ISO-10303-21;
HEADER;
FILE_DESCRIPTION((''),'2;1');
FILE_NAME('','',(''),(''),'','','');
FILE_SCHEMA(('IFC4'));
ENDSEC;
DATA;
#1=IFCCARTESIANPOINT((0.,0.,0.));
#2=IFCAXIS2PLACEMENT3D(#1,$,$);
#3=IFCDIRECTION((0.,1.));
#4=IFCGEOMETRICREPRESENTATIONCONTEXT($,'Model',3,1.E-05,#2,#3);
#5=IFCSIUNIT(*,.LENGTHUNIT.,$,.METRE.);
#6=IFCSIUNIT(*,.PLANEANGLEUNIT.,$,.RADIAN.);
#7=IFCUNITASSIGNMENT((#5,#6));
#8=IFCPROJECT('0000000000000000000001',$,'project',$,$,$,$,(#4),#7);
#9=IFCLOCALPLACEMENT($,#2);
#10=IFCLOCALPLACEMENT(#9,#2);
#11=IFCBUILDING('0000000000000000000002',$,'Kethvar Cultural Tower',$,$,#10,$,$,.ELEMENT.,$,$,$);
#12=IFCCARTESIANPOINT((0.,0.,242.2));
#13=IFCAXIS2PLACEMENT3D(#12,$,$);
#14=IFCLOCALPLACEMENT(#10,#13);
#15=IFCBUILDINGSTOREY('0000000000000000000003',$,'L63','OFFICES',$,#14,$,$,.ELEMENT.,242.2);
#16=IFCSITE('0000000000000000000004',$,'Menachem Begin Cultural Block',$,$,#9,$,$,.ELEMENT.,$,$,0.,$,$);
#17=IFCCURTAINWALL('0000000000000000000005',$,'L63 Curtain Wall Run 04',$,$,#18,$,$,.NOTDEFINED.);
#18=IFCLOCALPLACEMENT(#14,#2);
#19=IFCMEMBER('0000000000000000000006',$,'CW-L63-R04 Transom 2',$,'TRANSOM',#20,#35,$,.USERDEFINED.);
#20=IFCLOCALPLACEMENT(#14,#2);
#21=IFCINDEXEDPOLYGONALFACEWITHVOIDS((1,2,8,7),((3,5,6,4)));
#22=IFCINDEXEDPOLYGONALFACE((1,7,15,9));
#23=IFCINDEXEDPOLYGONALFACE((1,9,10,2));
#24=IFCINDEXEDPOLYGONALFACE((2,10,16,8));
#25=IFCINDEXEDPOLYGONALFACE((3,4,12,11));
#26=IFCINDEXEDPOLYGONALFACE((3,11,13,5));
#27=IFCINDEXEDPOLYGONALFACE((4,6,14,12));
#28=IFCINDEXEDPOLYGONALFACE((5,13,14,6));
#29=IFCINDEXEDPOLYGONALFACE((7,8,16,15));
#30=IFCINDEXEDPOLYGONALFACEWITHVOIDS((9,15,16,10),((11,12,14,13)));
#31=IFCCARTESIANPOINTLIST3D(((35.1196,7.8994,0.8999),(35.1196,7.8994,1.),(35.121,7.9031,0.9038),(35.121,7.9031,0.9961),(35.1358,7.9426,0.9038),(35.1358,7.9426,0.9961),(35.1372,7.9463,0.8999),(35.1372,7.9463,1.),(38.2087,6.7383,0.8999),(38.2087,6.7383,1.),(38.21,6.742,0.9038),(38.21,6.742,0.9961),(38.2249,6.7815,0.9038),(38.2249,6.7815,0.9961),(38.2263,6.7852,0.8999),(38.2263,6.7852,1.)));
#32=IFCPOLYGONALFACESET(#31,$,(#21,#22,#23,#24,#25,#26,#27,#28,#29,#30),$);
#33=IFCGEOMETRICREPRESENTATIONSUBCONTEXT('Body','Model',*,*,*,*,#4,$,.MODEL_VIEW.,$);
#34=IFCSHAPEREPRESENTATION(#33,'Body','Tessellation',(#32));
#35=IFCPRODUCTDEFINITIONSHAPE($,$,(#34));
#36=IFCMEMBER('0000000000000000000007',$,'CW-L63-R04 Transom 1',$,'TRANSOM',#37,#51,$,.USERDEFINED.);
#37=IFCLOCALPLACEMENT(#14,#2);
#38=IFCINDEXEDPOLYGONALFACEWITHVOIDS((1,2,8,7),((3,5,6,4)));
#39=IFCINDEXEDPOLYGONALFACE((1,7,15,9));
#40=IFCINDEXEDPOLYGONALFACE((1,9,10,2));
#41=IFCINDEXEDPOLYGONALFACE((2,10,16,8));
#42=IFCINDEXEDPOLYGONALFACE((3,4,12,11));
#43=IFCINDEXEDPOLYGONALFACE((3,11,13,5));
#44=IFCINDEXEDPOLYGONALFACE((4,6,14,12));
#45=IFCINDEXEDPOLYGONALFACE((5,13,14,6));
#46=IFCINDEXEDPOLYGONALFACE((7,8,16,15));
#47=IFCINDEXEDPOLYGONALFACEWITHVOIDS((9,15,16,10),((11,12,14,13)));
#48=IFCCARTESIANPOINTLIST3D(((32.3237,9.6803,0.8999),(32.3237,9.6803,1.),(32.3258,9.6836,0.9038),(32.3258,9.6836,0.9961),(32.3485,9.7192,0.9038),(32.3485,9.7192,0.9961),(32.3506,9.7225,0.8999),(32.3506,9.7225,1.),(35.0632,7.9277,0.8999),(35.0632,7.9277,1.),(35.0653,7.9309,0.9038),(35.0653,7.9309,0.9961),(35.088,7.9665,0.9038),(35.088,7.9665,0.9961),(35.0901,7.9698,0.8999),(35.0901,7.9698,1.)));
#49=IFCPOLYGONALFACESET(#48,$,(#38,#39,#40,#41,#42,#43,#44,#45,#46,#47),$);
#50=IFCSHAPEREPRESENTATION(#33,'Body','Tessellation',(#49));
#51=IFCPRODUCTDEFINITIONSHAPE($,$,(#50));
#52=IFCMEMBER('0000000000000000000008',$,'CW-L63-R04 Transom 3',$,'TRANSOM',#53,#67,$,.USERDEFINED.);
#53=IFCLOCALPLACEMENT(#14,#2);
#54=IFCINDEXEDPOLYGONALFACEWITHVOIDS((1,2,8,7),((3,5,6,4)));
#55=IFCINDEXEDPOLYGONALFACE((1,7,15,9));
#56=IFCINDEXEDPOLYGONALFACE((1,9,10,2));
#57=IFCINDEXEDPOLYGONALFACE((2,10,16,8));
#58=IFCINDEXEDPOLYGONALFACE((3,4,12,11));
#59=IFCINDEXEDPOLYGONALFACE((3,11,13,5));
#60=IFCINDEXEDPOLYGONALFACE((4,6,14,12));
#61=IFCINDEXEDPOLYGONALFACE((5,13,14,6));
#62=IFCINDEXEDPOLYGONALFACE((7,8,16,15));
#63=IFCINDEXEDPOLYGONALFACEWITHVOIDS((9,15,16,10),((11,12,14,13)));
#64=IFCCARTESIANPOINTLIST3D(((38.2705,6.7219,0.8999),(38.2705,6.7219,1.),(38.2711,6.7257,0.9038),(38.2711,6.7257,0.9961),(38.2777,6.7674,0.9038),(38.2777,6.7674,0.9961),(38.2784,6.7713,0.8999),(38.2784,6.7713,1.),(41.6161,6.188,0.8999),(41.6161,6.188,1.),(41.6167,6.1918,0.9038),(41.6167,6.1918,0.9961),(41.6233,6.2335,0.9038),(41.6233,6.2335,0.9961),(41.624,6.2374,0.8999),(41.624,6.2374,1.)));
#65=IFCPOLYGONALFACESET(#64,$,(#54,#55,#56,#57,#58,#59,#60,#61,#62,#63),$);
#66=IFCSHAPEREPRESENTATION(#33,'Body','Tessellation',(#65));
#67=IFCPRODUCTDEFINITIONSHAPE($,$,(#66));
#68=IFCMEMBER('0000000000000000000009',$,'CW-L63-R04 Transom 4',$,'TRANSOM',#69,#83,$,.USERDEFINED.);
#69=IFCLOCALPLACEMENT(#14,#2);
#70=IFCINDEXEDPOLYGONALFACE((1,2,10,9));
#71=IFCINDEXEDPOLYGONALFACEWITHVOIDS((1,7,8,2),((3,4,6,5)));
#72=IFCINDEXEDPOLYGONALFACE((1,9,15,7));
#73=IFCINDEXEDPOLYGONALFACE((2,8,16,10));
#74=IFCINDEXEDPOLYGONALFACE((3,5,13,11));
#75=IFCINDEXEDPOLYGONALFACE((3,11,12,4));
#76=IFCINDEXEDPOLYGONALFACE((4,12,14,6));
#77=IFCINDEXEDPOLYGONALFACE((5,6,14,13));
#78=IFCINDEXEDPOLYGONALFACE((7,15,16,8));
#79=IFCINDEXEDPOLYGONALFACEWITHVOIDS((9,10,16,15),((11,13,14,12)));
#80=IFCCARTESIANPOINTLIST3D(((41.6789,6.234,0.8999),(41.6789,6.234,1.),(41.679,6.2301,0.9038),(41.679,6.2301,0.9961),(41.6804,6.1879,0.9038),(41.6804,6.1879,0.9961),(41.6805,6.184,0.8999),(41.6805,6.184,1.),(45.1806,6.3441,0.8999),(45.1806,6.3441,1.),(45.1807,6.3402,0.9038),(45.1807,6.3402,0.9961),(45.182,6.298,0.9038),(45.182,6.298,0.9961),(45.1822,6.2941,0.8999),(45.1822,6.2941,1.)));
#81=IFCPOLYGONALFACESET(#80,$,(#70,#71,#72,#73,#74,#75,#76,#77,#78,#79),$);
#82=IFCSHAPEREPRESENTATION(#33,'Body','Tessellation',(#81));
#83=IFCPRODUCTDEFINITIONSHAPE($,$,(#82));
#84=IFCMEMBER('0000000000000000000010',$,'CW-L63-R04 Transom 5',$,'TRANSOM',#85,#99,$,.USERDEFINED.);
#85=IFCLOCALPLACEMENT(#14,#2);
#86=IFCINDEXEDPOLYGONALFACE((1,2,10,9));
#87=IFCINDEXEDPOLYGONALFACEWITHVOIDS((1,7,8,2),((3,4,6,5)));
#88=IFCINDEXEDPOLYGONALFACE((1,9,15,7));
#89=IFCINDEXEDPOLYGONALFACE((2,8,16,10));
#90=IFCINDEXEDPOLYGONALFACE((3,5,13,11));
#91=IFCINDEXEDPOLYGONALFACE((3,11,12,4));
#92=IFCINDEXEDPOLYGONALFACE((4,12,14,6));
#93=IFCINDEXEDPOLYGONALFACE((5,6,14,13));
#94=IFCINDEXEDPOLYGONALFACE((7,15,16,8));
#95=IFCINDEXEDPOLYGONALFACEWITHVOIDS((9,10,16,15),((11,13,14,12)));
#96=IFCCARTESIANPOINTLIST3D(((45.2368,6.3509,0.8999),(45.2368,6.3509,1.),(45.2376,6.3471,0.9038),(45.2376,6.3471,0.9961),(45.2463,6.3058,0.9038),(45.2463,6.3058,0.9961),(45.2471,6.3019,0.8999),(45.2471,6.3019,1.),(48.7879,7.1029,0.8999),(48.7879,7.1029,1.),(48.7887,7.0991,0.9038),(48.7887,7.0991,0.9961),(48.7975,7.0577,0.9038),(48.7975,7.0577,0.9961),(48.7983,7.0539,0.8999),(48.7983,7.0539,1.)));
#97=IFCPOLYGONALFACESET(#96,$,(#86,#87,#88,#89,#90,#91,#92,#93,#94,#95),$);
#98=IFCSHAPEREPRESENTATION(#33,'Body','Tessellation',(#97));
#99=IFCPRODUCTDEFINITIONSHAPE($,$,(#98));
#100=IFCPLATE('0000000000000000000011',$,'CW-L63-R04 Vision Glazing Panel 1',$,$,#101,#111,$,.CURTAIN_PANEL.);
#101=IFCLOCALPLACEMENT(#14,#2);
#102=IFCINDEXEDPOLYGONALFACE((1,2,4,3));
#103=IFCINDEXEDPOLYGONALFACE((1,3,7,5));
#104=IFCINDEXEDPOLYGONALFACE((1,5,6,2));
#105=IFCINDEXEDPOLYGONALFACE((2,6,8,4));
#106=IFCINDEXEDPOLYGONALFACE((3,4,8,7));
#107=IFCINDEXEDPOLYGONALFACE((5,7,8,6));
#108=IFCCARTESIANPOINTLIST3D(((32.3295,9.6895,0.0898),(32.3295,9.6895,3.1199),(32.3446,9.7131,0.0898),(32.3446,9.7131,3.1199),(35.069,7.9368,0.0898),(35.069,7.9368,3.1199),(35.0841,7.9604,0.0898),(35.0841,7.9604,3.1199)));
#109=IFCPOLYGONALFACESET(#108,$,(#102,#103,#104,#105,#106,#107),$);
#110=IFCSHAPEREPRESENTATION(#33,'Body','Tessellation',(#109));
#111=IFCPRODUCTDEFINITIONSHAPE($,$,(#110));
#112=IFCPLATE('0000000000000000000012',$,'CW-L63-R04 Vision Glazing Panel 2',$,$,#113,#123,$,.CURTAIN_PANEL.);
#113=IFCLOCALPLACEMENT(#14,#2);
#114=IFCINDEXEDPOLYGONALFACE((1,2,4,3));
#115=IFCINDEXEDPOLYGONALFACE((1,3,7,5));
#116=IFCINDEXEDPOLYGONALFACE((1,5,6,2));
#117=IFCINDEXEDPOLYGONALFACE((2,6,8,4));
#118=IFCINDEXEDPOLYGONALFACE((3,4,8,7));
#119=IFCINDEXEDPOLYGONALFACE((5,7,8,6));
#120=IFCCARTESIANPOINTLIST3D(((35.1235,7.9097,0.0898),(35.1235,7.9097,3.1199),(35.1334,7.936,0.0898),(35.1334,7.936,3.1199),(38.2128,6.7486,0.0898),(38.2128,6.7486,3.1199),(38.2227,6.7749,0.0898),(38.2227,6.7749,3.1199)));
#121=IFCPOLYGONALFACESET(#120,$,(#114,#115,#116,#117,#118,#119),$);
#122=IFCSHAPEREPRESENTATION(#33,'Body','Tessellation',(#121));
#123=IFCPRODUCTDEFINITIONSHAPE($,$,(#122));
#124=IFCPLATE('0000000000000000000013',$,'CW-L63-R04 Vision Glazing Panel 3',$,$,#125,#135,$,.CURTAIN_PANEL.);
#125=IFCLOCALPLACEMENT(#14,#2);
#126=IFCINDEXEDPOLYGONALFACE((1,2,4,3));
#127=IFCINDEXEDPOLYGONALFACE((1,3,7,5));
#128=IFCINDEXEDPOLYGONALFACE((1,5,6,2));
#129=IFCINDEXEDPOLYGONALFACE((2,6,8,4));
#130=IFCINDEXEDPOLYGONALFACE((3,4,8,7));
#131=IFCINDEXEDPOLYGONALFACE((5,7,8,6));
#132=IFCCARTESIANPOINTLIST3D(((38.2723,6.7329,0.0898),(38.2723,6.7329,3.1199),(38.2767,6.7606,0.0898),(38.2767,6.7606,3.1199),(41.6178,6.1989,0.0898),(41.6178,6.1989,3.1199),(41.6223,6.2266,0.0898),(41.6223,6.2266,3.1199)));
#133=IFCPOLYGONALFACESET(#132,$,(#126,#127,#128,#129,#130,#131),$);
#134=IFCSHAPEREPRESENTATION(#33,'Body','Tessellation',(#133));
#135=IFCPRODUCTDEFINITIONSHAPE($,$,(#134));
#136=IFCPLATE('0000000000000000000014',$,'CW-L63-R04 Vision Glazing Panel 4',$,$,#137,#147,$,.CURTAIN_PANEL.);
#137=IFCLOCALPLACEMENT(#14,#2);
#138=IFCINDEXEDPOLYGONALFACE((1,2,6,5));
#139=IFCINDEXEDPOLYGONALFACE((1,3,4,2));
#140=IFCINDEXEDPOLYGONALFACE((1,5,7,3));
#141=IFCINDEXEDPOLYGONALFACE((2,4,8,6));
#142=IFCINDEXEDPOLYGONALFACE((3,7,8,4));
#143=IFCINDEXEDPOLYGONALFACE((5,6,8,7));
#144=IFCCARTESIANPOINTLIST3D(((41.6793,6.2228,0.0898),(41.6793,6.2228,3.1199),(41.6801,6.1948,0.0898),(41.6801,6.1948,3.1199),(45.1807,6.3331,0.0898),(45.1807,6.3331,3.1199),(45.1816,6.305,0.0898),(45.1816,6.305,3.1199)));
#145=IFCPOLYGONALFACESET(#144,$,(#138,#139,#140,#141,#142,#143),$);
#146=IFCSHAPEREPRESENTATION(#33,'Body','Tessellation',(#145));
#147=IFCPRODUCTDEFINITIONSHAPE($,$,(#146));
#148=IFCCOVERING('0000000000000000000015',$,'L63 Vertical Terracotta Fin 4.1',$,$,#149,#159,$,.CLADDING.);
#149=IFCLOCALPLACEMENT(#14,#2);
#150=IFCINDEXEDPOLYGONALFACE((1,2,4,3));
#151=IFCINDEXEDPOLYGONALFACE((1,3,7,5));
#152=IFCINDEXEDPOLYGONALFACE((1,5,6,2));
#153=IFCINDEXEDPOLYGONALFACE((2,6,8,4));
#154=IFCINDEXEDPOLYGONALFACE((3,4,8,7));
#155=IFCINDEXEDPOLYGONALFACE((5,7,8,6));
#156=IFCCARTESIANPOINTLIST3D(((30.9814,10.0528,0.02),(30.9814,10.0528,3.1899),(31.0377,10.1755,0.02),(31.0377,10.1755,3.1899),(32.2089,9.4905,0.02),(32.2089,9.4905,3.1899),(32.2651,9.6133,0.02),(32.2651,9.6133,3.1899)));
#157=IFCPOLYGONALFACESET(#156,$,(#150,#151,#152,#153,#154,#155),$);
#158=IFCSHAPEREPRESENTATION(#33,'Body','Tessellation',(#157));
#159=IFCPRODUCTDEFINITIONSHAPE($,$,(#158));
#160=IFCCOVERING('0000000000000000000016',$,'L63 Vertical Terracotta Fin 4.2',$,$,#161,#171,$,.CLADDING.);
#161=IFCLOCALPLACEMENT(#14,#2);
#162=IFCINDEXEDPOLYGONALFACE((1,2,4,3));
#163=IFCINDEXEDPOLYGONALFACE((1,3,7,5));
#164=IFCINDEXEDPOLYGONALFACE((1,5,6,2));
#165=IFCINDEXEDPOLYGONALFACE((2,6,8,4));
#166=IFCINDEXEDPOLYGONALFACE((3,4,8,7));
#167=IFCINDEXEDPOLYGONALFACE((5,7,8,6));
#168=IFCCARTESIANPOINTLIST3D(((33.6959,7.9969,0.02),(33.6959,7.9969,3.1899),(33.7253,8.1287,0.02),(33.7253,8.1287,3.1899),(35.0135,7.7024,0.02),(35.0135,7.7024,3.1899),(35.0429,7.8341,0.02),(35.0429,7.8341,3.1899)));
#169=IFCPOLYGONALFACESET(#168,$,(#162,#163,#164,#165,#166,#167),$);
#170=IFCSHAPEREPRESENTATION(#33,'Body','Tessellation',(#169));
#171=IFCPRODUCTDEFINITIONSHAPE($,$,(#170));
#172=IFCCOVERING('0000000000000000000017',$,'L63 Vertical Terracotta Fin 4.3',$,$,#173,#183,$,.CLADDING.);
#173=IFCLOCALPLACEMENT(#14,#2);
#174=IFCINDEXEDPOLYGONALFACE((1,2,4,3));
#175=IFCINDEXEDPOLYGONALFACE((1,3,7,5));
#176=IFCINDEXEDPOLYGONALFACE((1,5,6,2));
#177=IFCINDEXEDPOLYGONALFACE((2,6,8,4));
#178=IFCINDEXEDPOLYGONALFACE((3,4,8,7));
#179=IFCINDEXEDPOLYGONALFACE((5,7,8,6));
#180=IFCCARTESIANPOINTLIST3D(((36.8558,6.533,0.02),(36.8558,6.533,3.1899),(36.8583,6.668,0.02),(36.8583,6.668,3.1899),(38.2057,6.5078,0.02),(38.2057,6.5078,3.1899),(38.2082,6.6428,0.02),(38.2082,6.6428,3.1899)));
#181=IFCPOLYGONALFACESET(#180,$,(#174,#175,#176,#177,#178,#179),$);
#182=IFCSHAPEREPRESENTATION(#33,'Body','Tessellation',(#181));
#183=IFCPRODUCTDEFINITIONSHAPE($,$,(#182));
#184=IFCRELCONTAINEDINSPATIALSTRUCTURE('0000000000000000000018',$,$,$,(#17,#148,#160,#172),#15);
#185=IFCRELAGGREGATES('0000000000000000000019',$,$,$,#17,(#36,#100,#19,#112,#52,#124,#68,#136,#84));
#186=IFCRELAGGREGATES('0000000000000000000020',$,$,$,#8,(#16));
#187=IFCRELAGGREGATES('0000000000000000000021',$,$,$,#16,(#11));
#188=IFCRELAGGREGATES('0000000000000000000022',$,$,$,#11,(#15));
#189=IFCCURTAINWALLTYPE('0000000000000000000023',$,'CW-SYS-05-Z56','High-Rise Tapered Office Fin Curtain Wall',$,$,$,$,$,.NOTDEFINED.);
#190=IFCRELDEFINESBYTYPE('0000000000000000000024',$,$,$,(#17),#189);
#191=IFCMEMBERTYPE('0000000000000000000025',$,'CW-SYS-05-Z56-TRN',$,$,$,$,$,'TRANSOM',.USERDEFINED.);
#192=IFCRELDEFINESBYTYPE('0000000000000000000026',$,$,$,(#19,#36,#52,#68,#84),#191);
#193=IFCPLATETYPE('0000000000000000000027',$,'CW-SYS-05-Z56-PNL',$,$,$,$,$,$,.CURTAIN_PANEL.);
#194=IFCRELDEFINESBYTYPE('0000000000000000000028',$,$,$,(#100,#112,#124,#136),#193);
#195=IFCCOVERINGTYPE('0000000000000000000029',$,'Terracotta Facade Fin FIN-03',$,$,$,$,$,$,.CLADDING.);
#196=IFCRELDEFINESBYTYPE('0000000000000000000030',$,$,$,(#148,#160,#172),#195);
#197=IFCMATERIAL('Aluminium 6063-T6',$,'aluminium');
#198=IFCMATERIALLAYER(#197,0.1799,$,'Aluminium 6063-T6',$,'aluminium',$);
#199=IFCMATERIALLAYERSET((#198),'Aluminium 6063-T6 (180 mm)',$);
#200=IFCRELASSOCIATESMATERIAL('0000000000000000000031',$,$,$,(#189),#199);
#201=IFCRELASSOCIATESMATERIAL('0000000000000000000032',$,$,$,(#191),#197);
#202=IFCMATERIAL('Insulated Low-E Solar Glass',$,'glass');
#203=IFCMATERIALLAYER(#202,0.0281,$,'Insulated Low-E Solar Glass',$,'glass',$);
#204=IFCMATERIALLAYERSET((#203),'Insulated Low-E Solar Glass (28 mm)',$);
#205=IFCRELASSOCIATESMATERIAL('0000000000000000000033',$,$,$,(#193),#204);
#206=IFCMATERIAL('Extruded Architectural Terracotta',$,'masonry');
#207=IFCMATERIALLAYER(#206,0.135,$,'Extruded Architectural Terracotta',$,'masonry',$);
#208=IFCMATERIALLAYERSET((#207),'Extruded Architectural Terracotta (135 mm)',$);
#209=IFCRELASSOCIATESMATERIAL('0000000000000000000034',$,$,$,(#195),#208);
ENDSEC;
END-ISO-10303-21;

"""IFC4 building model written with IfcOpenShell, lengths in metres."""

from ifc_helpers import new_model, si_unit, direction, frame, origin, origin_2d, place, context, subcontext, project, spatial, rectangle, hollow_rectangle, extrude, source, transform, mapped, material, layer, layer_set, material_profile, profile_set, type_object, element, aggregate, save


model = new_model("IFC4")

# Units and contexts
model_context = context("Model", 3, precision=1e-05, world=origin(), true_north=direction((0.0, 1.0)))
body_context = subcontext(model_context, "Body", "Model", "MODEL_VIEW")
ifc_project = project(units=[si_unit("LENGTHUNIT", "METRE"), si_unit("PLANEANGLEUNIT", "RADIAN")], contexts=[model_context])

# Site, building, storey
site_placement = place(None, origin())
site = spatial("IfcSite", under=ifc_project, at=site_placement, Name="Menachem Begin Cultural Block", CompositionType="ELEMENT", RefElevation=0.0)
building_placement = place(site_placement, origin())
building = spatial("IfcBuilding", under=site, at=building_placement, Name="Kethvar Cultural Tower", CompositionType="ELEMENT")
storey_placement = place(building_placement, frame((0.0, 0.0, 242.2)))
storey = spatial("IfcBuildingStorey", under=building, at=storey_placement, Name="L63", Description="OFFICES", CompositionType="ELEMENT", Elevation=242.2)

# Shared definitions
ifc_material_1 = material(Name="Aluminium 6063-T6", Category="aluminium")
ifc_layer_1 = layer(ifc_material_1, 0.1799, Name="Aluminium 6063-T6", Category="aluminium")
ifc_layer_set_1 = layer_set([ifc_layer_1], Name="Aluminium 6063-T6 (180 mm)")
curtain_wall_type = type_object("IfcCurtainWallType", Name="CW-SYS-05-Z56", Description="High-Rise Tapered Office Fin Curtain Wall", PredefinedType="NOTDEFINED", material=ifc_layer_set_1)

# Curtain wall, members, plates
curtain_wall_1_placement = place(storey_placement, origin())
curtain_wall_1 = element("IfcCurtainWall", 1, at=curtain_wall_1_placement, inside=storey, type_object=curtain_wall_type, Name="L63 Curtain Wall Run 04", PredefinedType="NOTDEFINED")
ifc_material_profile_1 = material_profile(ifc_material_1, hollow_rectangle(XDim=0.05, YDim=0.1001, WallThickness=0.0039, at=origin_2d()), Name="Aluminium 6063-T6 — RHS100x50x4")
ifc_profile_set_1 = profile_set([ifc_material_profile_1], Name="Aluminium 6063-T6 — RHS100x50x4")
member_type_1 = type_object("IfcMemberType", Name="CW-SYS-05-Z56-TRN", ElementType="TRANSOM", PredefinedType="USERDEFINED", material=ifc_profile_set_1)
shared_shape_1 = source(origin(), body_context, "Body", "SweptSolid", [
    extrude(hollow_rectangle(XDim=0.05, YDim=0.1001, WallThickness=0.0039, at=origin_2d()), origin(), (0.0, 0.0, 1.0), 3.3),
])
member_1_placement = place(storey_placement, frame((35.1284, 7.9229, 0.95), z_axis=(0.936058, -0.351845, 0.0), x_axis=(0.351845, 0.936058, 0.0)))
member_1 = element("IfcMember", 2, at=member_1_placement, type_object=member_type_1, Name="CW-L63-R04 Transom 2", ObjectType="TRANSOM", PredefinedType="USERDEFINED", context=body_context, shape_type="MappedRepresentation", body=[
    mapped(shared_shape_1, transform((0.0, 0.0, 0.0), scale=1.0)),
])
shared_shape_2 = source(origin(), body_context, "Body", "SweptSolid", [
    extrude(hollow_rectangle(XDim=0.05, YDim=0.1001, WallThickness=0.0039, at=origin_2d()), origin(), (0.0, 0.0, 1.0), 3.2522),
])
member_2_placement = place(storey_placement, frame((32.3372, 9.7014, 0.95), z_axis=(0.842355, -0.538924, 0.0), x_axis=(0.538924, 0.842355, 0.0)))
member_2 = element("IfcMember", 3, at=member_2_placement, type_object=member_type_1, Name="CW-L63-R04 Transom 1", ObjectType="TRANSOM", PredefinedType="USERDEFINED", context=body_context, shape_type="MappedRepresentation", body=[
    mapped(shared_shape_2, transform((0.0, 0.0, 0.0), scale=1.0)),
])
shared_shape_3 = source(origin(), body_context, "Body", "SweptSolid", [
    extrude(hollow_rectangle(XDim=0.05, YDim=0.1001, WallThickness=0.0039, at=origin_2d()), origin(), (0.0, 0.0, 1.0), 3.3879),
])
member_3_placement = place(storey_placement, frame((38.2744, 6.7466, 0.95), z_axis=(0.987504, -0.157594, 0.0), x_axis=(0.157594, 0.987504, 0.0)))
member_3 = element("IfcMember", 4, at=member_3_placement, type_object=member_type_1, Name="CW-L63-R04 Transom 3", ObjectType="TRANSOM", PredefinedType="USERDEFINED", context=body_context, shape_type="MappedRepresentation", body=[
    mapped(shared_shape_3, transform((0.0, 0.0, 0.0), scale=1.0)),
])
shared_shape_4 = source(origin(), body_context, "Body", "SweptSolid", [
    extrude(hollow_rectangle(XDim=0.05, YDim=0.1001, WallThickness=0.0039, at=origin_2d()), origin(), (0.0, 0.0, 1.0), 3.5034),
])
member_4_placement = place(storey_placement, frame((41.6797, 6.209, 0.95), z_axis=(0.999506, 0.031428, 0.0), x_axis=(-0.031428, 0.999506, 0.0)))
member_4 = element("IfcMember", 5, at=member_4_placement, type_object=member_type_1, Name="CW-L63-R04 Transom 4", ObjectType="TRANSOM", PredefinedType="USERDEFINED", context=body_context, shape_type="MappedRepresentation", body=[
    mapped(shared_shape_4, transform((0.0, 0.0, 0.0), scale=1.0)),
])
shared_shape_5 = source(origin(), body_context, "Body", "SweptSolid", [
    extrude(hollow_rectangle(XDim=0.05, YDim=0.1001, WallThickness=0.0039, at=origin_2d()), origin(), (0.0, 0.0, 1.0), 3.6299),
])
member_5_placement = place(storey_placement, frame((45.2419, 6.3264, 0.95), z_axis=(0.978306, 0.207163, 0.0), x_axis=(-0.207163, 0.978306, 0.0)))
member_5 = element("IfcMember", 6, at=member_5_placement, type_object=member_type_1, Name="CW-L63-R04 Transom 5", ObjectType="TRANSOM", PredefinedType="USERDEFINED", context=body_context, shape_type="MappedRepresentation", body=[
    mapped(shared_shape_5, transform((0.0, 0.0, 0.0), scale=1.0)),
])
ifc_material_2 = material(Name="Insulated Low-E Solar Glass", Category="glass")
ifc_layer_2 = layer(ifc_material_2, 0.0281, Name="Insulated Low-E Solar Glass", Category="glass")
ifc_layer_set_2 = layer_set([ifc_layer_2], Name="Insulated Low-E Solar Glass (28 mm)")
plate_type = type_object("IfcPlateType", Name="CW-SYS-05-Z56-PNL", PredefinedType="CURTAIN_PANEL", material=ifc_layer_set_2)
shared_shape_6 = source(origin(), body_context, "Body", "SweptSolid", [
    extrude(rectangle(XDim=3.2522, YDim=0.0281, at=origin_2d()), origin(), (0.0, 0.0, 1.0), 3.03),
])
plate_1_placement = place(storey_placement, frame((33.7068, 8.825, 0.0898), z_axis=(0.0, 0.0, 1.0), x_axis=(0.842358, -0.538918, 0.0)))
plate_1 = element("IfcPlate", 7, at=plate_1_placement, type_object=plate_type, Name="CW-L63-R04 Vision Glazing Panel 1", PredefinedType="CURTAIN_PANEL", context=body_context, shape_type="MappedRepresentation", body=[
    mapped(shared_shape_6, transform((0.0, 0.0, 0.0), scale=1.0)),
])
shared_shape_7 = source(origin(), body_context, "Body", "SweptSolid", [
    extrude(rectangle(XDim=3.3003, YDim=0.0281, at=origin_2d()), origin(), (0.0, 0.0, 1.0), 3.03),
])
plate_2_placement = place(storey_placement, frame((36.6731, 7.3423, 0.0898), z_axis=(0.0, 0.0, 1.0), x_axis=(0.936072, -0.351809, 0.0)))
plate_2 = element("IfcPlate", 8, at=plate_2_placement, type_object=plate_type, Name="CW-L63-R04 Vision Glazing Panel 2", PredefinedType="CURTAIN_PANEL", context=body_context, shape_type="MappedRepresentation", body=[
    mapped(shared_shape_7, transform((0.0, 0.0, 0.0), scale=1.0)),
])
shared_shape_8 = source(origin(), body_context, "Body", "SweptSolid", [
    extrude(rectangle(XDim=3.3879, YDim=0.0281, at=origin_2d()), origin(), (0.0, 0.0, 1.0), 3.03),
])
plate_3_placement = place(storey_placement, frame((39.9473, 6.4797, 0.0898), z_axis=(0.0, 0.0, 1.0), x_axis=(0.987499, -0.157624, 0.0)))
plate_3 = element("IfcPlate", 9, at=plate_3_placement, type_object=plate_type, Name="CW-L63-R04 Vision Glazing Panel 3", PredefinedType="CURTAIN_PANEL", context=body_context, shape_type="MappedRepresentation", body=[
    mapped(shared_shape_8, transform((0.0, 0.0, 0.0), scale=1.0)),
])
shared_shape_9 = source(origin(), body_context, "Body", "SweptSolid", [
    extrude(rectangle(XDim=3.5032, YDim=0.0281, at=origin_2d()), origin(), (0.0, 0.0, 1.0), 3.03),
])
plate_4_placement = place(storey_placement, frame((43.4304, 6.2639, 0.0898), z_axis=(0.0, 0.0, 1.0), x_axis=(0.999505, 0.031463, 0.0)))
plate_4 = element("IfcPlate", 10, at=plate_4_placement, type_object=plate_type, Name="CW-L63-R04 Vision Glazing Panel 4", PredefinedType="CURTAIN_PANEL", context=body_context, shape_type="MappedRepresentation", body=[
    mapped(shared_shape_9, transform((0.0, 0.0, 0.0), scale=1.0)),
])
aggregate(curtain_wall_1, [member_2, plate_1, member_1, plate_2, member_3, plate_3, member_4, plate_4, member_5])

# Coverings
ifc_material_3 = material(Name="Extruded Architectural Terracotta", Category="masonry")
ifc_layer_3 = layer(ifc_material_3, 0.135, Name="Extruded Architectural Terracotta", Category="masonry")
ifc_layer_set_3 = layer_set([ifc_layer_3], Name="Extruded Architectural Terracotta (135 mm)")
covering_type = type_object("IfcCoveringType", Name="Terracotta Facade Fin FIN-03", PredefinedType="CLADDING", material=ifc_layer_set_3)
shared_shape_10 = source(origin(), body_context, "Body", "SweptSolid", [
    extrude(rectangle(XDim=1.3501, YDim=0.135, at=origin_2d()), origin(), (0.0, 0.0, 1.0), 3.1699),
])
for number, where, z_axis, x_axis, name in (
    (11, (31.6233, 9.833, 0.02), (0.0, 0.0, 1.0), (-0.909163, 0.416439, 0.0), "L63 Vertical Terracotta Fin 4.1"),
    (12, (34.3694, 7.9155, 0.02), (0.0, 0.0, 1.0), (-0.975917, 0.218143, 0.0), "L63 Vertical Terracotta Fin 4.2"),
    (13, (37.532, 6.5879, 0.02), (0.0, 0.0, 1.0), (-0.999826, 0.018674, 0.0), "L63 Vertical Terracotta Fin 4.3"),
):
    element("IfcCovering", number, at=place(storey_placement, frame(where, z_axis=z_axis, x_axis=x_axis)), inside=storey, type_object=covering_type, Name=name, PredefinedType="CLADDING", context=body_context, shape_type="MappedRepresentation", body=[
        mapped(shared_shape_10, transform((0.0, 0.0, 0.0), scale=1.0)),
    ])

save(model, "model.ifc")
